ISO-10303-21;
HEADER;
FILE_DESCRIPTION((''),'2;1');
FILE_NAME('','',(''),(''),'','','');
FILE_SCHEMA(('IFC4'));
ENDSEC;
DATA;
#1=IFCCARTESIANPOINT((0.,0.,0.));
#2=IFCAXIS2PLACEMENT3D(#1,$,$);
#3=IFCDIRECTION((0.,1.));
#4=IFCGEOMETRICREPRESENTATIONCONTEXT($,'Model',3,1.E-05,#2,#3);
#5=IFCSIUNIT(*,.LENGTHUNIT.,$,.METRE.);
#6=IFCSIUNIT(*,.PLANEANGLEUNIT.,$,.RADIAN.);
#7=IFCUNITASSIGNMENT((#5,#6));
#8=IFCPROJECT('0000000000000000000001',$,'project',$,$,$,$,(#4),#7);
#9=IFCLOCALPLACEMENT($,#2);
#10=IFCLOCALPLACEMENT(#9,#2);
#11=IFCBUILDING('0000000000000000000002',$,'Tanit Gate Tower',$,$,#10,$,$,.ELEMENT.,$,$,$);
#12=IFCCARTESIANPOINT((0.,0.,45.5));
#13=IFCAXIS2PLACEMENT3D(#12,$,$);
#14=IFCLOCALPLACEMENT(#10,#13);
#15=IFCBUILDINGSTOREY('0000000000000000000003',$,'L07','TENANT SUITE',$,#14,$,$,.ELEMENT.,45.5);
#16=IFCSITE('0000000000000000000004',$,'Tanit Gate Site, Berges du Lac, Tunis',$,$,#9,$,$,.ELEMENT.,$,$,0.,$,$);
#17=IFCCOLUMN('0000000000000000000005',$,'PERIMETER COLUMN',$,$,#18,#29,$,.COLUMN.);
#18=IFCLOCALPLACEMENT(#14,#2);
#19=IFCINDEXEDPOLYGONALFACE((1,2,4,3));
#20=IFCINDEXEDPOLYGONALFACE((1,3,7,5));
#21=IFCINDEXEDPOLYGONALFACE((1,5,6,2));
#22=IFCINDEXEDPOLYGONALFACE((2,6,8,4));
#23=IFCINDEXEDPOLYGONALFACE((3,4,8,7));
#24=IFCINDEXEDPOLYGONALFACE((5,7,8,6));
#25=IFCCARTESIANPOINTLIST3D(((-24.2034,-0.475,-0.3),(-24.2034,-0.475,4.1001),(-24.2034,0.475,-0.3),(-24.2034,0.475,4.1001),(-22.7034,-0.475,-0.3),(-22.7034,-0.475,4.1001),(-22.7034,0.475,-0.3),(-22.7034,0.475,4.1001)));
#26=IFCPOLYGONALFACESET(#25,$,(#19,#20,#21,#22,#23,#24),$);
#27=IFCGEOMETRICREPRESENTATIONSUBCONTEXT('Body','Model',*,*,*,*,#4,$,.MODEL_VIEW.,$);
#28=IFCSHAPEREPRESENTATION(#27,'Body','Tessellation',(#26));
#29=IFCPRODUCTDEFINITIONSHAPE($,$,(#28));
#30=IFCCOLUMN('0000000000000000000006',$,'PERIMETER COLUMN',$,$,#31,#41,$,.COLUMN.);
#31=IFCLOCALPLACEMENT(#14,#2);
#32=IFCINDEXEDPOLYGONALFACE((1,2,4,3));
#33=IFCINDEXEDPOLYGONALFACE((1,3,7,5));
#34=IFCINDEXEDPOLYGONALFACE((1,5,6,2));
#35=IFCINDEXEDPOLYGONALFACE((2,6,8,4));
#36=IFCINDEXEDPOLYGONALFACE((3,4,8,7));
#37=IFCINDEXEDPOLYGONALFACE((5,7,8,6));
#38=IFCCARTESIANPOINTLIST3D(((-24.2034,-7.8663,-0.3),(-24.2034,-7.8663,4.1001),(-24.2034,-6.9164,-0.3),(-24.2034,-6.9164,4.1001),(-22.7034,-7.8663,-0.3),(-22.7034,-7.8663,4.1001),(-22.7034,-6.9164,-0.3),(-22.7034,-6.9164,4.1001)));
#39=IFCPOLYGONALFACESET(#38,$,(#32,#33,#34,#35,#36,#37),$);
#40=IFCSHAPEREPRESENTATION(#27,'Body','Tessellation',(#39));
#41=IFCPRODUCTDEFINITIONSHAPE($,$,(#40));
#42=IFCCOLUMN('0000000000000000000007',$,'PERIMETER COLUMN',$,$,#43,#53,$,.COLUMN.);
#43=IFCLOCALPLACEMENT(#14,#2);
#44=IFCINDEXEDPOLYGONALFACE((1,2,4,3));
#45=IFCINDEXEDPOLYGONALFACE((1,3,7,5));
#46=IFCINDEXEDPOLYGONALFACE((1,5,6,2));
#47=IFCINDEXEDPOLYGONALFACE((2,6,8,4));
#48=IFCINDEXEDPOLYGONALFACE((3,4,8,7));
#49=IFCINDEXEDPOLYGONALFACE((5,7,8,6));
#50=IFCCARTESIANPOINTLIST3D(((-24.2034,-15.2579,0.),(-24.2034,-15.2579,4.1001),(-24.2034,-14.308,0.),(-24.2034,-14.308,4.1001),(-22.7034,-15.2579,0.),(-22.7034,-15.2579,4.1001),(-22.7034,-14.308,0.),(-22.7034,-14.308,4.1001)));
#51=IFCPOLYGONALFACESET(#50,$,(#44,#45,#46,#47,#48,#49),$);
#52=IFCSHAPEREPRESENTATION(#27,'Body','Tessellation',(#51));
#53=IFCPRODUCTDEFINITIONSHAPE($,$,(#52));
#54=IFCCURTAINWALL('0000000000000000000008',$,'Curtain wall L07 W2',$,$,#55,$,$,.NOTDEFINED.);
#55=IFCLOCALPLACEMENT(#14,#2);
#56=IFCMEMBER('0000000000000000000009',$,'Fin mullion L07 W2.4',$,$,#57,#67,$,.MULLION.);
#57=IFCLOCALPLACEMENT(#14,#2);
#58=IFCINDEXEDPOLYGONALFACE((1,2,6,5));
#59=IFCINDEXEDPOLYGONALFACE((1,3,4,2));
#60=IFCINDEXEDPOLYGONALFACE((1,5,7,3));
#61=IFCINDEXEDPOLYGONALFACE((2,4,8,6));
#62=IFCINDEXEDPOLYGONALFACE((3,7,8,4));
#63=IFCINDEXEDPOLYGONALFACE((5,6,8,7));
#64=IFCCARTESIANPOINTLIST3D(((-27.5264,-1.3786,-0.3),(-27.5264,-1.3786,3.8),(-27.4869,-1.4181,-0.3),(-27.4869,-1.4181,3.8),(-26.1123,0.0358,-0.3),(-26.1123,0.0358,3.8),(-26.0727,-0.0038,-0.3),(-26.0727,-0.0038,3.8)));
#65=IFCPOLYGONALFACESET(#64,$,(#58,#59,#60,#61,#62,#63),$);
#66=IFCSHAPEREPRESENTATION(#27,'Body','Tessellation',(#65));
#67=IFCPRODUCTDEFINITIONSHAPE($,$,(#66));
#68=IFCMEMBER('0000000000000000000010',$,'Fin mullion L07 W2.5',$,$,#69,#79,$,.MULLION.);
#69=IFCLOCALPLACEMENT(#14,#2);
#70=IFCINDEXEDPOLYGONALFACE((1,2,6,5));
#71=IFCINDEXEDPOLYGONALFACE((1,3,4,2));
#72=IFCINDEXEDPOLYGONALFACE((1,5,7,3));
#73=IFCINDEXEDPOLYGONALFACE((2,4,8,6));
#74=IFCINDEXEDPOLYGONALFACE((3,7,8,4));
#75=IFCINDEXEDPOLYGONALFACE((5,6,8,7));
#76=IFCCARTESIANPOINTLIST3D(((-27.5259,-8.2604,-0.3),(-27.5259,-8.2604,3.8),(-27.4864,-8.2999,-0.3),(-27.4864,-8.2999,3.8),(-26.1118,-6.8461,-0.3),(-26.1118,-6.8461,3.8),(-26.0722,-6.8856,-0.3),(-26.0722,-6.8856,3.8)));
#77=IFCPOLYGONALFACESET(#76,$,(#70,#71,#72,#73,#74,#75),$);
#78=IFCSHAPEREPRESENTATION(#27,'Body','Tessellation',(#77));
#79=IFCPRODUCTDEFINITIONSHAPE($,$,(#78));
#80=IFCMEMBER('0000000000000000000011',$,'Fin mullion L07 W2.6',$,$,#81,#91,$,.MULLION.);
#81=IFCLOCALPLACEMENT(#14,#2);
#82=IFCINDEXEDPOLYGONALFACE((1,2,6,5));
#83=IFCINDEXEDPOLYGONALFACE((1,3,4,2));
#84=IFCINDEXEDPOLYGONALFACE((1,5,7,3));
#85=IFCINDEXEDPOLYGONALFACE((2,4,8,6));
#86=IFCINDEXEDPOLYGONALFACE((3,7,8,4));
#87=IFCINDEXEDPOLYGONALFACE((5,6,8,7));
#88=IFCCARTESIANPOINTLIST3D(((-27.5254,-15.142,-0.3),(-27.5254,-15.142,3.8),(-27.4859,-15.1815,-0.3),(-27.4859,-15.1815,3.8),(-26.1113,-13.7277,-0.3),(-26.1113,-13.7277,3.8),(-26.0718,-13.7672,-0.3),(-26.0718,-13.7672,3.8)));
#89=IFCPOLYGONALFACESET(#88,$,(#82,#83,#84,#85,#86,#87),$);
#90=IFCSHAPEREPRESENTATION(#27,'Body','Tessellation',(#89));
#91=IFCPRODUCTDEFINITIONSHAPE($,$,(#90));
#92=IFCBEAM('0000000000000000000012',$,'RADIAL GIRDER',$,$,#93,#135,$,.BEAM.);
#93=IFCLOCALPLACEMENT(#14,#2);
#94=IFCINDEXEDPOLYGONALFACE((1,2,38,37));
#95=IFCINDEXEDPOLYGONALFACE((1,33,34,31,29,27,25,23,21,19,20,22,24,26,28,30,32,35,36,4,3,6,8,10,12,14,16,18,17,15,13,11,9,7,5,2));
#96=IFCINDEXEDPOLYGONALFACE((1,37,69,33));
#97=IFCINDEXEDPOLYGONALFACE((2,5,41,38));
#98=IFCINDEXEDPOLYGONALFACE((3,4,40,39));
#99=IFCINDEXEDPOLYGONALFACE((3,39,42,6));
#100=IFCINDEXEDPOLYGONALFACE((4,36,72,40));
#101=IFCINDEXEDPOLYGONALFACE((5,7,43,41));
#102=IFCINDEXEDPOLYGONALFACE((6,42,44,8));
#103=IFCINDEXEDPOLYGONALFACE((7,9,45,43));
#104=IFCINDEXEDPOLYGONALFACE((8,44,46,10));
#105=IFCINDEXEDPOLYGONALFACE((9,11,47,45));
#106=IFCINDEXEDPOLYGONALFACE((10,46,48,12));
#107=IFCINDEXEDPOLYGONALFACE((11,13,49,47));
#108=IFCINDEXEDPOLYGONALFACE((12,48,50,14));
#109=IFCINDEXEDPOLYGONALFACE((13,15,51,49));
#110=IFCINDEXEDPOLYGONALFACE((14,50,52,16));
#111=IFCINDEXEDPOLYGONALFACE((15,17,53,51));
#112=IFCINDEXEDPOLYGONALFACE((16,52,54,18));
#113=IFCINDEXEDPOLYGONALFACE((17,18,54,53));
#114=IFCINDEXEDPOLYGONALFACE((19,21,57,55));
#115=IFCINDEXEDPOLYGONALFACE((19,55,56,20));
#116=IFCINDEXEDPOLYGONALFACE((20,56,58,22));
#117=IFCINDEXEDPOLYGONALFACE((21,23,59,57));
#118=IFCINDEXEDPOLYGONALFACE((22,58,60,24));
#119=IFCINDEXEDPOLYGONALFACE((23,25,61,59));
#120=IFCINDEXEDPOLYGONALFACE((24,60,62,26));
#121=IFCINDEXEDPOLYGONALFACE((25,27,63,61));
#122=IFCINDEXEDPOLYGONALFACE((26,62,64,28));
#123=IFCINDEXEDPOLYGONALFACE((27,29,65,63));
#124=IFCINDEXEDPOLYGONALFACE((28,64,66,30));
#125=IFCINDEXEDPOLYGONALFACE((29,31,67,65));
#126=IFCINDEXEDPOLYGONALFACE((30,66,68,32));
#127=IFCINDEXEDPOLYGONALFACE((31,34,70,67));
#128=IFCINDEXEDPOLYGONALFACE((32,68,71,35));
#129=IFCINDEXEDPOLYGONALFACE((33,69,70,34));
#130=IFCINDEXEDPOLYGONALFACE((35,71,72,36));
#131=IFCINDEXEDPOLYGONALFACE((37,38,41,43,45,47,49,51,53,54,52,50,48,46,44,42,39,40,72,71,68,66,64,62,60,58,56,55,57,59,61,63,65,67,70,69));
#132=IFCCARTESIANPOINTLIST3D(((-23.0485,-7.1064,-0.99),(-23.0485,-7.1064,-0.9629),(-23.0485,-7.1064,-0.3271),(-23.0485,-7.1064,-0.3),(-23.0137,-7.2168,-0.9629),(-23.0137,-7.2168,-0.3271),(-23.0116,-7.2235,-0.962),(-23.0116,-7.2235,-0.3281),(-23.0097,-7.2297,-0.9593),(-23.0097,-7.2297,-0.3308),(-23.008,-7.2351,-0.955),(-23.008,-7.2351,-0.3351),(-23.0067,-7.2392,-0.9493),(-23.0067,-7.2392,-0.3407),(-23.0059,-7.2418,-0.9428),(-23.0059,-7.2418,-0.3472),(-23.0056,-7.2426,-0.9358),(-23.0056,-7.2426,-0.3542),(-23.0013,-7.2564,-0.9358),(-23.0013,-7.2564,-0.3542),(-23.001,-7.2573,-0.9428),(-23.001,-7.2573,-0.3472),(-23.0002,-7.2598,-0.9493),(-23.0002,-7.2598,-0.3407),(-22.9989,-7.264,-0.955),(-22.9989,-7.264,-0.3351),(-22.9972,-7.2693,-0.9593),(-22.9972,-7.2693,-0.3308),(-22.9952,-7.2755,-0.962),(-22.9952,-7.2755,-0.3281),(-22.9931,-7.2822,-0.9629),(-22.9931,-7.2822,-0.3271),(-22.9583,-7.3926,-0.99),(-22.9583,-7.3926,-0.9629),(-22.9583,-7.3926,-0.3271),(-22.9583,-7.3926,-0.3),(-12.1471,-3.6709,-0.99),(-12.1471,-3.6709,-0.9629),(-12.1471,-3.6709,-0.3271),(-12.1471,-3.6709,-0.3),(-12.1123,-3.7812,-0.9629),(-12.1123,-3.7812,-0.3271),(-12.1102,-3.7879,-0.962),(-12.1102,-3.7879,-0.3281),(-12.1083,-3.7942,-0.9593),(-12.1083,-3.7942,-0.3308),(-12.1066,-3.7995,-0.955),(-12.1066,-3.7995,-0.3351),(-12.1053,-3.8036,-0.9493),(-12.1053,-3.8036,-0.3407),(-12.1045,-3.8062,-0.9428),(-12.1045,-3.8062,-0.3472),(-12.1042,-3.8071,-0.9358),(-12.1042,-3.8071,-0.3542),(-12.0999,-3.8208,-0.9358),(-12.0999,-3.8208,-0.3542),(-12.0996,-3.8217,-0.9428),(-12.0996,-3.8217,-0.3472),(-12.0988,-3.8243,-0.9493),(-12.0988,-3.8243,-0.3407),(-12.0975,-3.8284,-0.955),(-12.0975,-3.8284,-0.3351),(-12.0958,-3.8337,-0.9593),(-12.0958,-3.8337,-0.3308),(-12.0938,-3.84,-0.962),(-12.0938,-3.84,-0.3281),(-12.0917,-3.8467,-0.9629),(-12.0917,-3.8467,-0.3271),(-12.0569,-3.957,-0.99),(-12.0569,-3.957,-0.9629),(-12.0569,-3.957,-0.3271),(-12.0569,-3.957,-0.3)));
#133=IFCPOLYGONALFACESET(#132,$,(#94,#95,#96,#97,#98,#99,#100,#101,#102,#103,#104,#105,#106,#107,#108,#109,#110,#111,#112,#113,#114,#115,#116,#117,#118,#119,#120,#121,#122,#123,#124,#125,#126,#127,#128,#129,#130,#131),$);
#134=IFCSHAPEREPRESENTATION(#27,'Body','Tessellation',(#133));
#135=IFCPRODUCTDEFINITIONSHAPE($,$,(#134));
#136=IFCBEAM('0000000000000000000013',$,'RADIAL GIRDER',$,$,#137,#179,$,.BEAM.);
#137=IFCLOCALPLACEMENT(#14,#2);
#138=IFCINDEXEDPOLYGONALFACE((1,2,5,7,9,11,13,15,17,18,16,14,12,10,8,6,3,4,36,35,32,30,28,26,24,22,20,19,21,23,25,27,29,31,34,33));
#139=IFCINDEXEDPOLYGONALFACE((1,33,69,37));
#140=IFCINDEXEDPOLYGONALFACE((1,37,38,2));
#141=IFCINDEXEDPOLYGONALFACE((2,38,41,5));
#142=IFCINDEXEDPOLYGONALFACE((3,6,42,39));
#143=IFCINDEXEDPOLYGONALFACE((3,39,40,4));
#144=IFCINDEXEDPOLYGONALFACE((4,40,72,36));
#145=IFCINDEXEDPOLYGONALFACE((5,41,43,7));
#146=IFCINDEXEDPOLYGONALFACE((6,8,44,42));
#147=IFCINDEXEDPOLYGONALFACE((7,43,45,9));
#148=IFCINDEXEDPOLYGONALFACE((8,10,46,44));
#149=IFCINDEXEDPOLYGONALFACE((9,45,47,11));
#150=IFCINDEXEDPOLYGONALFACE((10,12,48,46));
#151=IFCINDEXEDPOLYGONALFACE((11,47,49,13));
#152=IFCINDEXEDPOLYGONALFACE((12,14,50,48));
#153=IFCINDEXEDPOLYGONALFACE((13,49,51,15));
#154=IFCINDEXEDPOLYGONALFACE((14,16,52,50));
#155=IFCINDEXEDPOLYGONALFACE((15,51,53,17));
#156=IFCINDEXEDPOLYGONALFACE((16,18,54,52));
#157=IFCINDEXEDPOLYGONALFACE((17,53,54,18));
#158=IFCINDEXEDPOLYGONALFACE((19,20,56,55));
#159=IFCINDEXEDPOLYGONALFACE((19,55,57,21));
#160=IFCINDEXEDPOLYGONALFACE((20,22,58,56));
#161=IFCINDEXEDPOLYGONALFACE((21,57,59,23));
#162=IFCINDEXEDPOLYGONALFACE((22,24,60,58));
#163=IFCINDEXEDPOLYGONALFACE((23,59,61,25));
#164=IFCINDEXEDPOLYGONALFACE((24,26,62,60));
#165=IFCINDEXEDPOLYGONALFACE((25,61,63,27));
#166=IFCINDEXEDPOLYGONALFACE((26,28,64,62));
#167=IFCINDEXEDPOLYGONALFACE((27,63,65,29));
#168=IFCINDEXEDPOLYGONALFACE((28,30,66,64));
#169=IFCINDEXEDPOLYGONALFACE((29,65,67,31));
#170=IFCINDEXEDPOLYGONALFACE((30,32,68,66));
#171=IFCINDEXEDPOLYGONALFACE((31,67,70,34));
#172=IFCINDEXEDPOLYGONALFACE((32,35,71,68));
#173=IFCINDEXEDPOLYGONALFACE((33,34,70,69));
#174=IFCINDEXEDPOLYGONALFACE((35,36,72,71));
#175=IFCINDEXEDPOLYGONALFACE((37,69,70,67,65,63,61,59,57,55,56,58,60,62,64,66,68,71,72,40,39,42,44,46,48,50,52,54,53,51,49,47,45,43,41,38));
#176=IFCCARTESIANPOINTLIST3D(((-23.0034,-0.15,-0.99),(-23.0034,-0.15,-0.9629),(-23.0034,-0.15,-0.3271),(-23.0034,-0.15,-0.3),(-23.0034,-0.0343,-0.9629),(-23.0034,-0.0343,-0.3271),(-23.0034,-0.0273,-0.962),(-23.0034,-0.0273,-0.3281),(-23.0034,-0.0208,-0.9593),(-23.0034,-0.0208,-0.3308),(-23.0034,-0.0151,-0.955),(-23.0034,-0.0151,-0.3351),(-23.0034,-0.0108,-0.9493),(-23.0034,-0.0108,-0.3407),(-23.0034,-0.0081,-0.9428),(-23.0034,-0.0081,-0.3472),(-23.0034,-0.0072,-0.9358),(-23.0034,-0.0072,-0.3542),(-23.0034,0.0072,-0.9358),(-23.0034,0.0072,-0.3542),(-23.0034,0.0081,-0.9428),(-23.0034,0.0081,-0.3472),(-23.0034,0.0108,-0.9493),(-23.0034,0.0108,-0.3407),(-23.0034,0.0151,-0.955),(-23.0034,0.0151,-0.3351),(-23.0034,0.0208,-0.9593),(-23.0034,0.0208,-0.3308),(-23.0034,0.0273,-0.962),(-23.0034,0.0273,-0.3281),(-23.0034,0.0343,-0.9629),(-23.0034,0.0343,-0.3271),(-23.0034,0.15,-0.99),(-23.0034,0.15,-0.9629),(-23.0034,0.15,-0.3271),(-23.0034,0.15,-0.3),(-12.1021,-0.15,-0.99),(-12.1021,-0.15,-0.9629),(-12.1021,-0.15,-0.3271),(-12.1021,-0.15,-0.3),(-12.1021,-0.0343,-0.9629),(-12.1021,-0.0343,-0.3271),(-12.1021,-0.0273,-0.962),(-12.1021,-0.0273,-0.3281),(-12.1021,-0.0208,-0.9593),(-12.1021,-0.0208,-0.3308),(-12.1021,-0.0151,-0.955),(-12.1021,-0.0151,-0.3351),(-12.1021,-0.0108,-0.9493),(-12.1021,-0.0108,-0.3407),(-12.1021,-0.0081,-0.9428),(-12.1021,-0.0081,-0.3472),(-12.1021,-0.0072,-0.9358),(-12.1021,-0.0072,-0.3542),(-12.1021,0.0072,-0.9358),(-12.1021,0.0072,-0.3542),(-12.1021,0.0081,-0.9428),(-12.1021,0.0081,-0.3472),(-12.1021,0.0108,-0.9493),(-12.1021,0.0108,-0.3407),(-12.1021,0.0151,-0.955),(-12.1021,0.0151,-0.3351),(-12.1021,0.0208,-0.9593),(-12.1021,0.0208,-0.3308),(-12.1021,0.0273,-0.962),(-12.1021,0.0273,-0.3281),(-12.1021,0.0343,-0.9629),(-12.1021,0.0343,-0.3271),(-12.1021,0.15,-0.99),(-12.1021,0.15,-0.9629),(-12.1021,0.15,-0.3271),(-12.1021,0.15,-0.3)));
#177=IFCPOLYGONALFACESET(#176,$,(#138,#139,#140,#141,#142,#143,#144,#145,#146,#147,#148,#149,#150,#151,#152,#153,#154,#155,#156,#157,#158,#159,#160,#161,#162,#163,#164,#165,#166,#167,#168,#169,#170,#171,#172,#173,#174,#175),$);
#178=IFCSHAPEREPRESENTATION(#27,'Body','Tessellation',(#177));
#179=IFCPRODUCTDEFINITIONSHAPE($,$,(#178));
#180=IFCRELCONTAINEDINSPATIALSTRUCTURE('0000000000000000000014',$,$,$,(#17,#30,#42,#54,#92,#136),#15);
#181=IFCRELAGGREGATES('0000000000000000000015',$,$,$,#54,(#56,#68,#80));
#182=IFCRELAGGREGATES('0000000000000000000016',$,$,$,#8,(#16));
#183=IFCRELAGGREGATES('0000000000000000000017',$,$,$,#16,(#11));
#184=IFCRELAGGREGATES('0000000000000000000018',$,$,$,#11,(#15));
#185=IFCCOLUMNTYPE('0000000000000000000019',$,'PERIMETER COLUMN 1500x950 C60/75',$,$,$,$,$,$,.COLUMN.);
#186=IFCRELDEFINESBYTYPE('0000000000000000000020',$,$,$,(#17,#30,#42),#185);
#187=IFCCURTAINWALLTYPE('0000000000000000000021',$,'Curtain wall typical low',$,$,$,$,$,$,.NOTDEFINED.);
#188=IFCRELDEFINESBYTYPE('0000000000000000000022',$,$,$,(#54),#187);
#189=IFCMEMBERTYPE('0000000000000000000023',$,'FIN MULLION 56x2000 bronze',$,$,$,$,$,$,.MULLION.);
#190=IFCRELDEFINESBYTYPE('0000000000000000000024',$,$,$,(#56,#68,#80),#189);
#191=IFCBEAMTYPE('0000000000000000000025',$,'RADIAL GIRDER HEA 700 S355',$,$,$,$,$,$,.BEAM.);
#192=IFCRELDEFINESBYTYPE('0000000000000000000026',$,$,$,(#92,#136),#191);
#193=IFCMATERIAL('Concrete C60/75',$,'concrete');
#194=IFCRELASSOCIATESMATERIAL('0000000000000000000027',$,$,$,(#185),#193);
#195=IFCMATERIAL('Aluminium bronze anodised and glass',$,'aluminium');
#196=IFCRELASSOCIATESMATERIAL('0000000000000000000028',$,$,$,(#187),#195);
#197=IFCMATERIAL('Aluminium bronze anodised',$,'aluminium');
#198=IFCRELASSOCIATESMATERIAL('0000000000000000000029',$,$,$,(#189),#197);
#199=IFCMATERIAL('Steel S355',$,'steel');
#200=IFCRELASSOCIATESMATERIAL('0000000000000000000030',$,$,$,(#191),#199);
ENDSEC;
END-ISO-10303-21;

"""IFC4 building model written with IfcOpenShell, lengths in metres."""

from ifc_helpers import new_model, si_unit, direction, frame, origin, origin_2d, place, context, subcontext, project, spatial, rectangle, i_section, extrude, material, material_profile, profile_set, type_object, element, aggregate, save


model = new_model("IFC4")

# Units and contexts
model_context = context("Model", 3, precision=1e-05, world=origin(), true_north=direction((0.0, 1.0)))
body_context = subcontext(model_context, "Body", "Model", "MODEL_VIEW")
ifc_project = project(units=[si_unit("LENGTHUNIT", "METRE"), si_unit("PLANEANGLEUNIT", "RADIAN")], contexts=[model_context])

# Site, building, storey
site_placement = place(None, origin())
site = spatial("IfcSite", under=ifc_project, at=site_placement, Name="Tanit Gate Site, Berges du Lac, Tunis", CompositionType="ELEMENT", RefElevation=0.0)
building_placement = place(site_placement, origin())
building = spatial("IfcBuilding", under=site, at=building_placement, Name="Tanit Gate Tower", CompositionType="ELEMENT")
storey_placement = place(building_placement, frame((0.0, 0.0, 45.5)))
storey = spatial("IfcBuildingStorey", under=building, at=storey_placement, Name="L07", Description="TENANT SUITE", CompositionType="ELEMENT", Elevation=45.5)

# Columns
ifc_material_1 = material(Name="Concrete C60/75", Category="concrete")
ifc_material_profile_1 = material_profile(ifc_material_1, rectangle(XDim=1.5, YDim=0.95, at=origin_2d()), Name="RC 1500x950")
ifc_profile_set_1 = profile_set([ifc_material_profile_1], Name="Concrete C60/75")
column_type = type_object("IfcColumnType", Name="PERIMETER COLUMN 1500x950 C60/75", PredefinedType="COLUMN", material=ifc_profile_set_1)
for number, where, z_axis, x_axis, name in (
    (1, (-23.4534, 0.0, -0.3), (0.0, 0.0, 1.0), (-1.0, 0.0, 0.0), "PERIMETER COLUMN"),
    (2, (-23.4534, -7.3914, -0.3), (0.0, 0.0, 1.0), (-1.0, 0.0, 0.0), "PERIMETER COLUMN"),
):
    element("IfcColumn", number, at=place(storey_placement, frame(where, z_axis=z_axis, x_axis=x_axis)), inside=storey, type_object=column_type, Name=name, PredefinedType="COLUMN", context=body_context, shape_type="SweptSolid", body=[
        extrude(rectangle(XDim=1.5, YDim=0.95, at=origin_2d()), origin(), (0.0, 0.0, 1.0), 4.4001),
    ])
column_placement = place(storey_placement, frame((-23.4534, -14.783, 0.0), z_axis=(0.0, 0.0, 1.0), x_axis=(-1.0, 0.0, 0.0)))
element("IfcColumn", 3, at=column_placement, inside=storey, type_object=column_type, Name="PERIMETER COLUMN", PredefinedType="COLUMN", context=body_context, shape_type="SweptSolid", body=[
    extrude(rectangle(XDim=1.5, YDim=0.95, at=origin_2d()), origin(), (0.0, 0.0, 1.0), 4.1001),
])

# Curtain wall, members
ifc_material_2 = material(Name="Aluminium bronze anodised and glass", Category="aluminium")
curtain_wall_type = type_object("IfcCurtainWallType", Name="Curtain wall typical low", PredefinedType="NOTDEFINED", material=ifc_material_2)
curtain_wall_placement = place(storey_placement, origin())
curtain_wall = element("IfcCurtainWall", 4, at=curtain_wall_placement, inside=storey, type_object=curtain_wall_type, Name="Curtain wall L07 W2", PredefinedType="NOTDEFINED")
ifc_material_3 = material(Name="Aluminium bronze anodised", Category="aluminium")
ifc_material_profile_2 = material_profile(ifc_material_3, rectangle(XDim=2.0, YDim=0.0559, at=origin_2d()), Name="56x2000 bronze fin mullion")
ifc_profile_set_2 = profile_set([ifc_material_profile_2], Name="Aluminium bronze anodised")
member_type_1 = type_object("IfcMemberType", Name="FIN MULLION 56x2000 bronze", PredefinedType="MULLION", material=ifc_profile_set_2)
member_1_placement = place(storey_placement, frame((-26.7996, -0.6912, -0.3), z_axis=(0.0, 0.0, 1.0), x_axis=(0.707058, 0.707156, 0.0)))
member_1 = element("IfcMember", 5, at=member_1_placement, type_object=member_type_1, Name="Fin mullion L07 W2.4", PredefinedType="MULLION", context=body_context, shape_type="SweptSolid", body=[
    extrude(rectangle(XDim=2.0, YDim=0.0559, at=origin_2d()), origin(), (0.0, 0.0, 1.0), 4.1001),
])
member_2_placement = place(storey_placement, frame((-26.7991, -7.573, -0.3), z_axis=(0.0, 0.0, 1.0), x_axis=(0.707058, 0.707156, 0.0)))
member_2 = element("IfcMember", 6, at=member_2_placement, type_object=member_type_1, Name="Fin mullion L07 W2.5", PredefinedType="MULLION", context=body_context, shape_type="SweptSolid", body=[
    extrude(rectangle(XDim=2.0, YDim=0.0559, at=origin_2d()), origin(), (0.0, 0.0, 1.0), 4.1001),
])
member_3_placement = place(storey_placement, frame((-26.7986, -14.4546, -0.3), z_axis=(0.0, 0.0, 1.0), x_axis=(0.707058, 0.707156, 0.0)))
member_3 = element("IfcMember", 7, at=member_3_placement, type_object=member_type_1, Name="Fin mullion L07 W2.6", PredefinedType="MULLION", context=body_context, shape_type="SweptSolid", body=[
    extrude(rectangle(XDim=2.0, YDim=0.0559, at=origin_2d()), origin(), (0.0, 0.0, 1.0), 4.1001),
])

# Beams
ifc_material_4 = material(Name="Steel S355", Category="steel")
ifc_material_profile_3 = material_profile(ifc_material_4, i_section(OverallWidth=0.3, OverallDepth=0.6899, WebThickness=0.0144, FlangeThickness=0.0271, FilletRadius=0.0271, at=origin_2d()), Name="HEA 700")
ifc_profile_set_3 = profile_set([ifc_material_profile_3], Name="Steel S355")
beam_type_1 = type_object("IfcBeamType", Name="RADIAL GIRDER HEA 700 S355", PredefinedType="BEAM", material=ifc_profile_set_3)
beam_1_placement = place(storey_placement, frame((-23.0034, -7.2495, -0.645), z_axis=(0.953758, 0.300575, 0.0), x_axis=(-0.300575, 0.953758, 0.0)))
element("IfcBeam", 8, at=beam_1_placement, inside=storey, type_object=beam_type_1, Name="RADIAL GIRDER", PredefinedType="BEAM", context=body_context, shape_type="SweptSolid", body=[
    extrude(i_section(OverallWidth=0.3, OverallDepth=0.6899, WebThickness=0.0144, FlangeThickness=0.0271, FilletRadius=0.0271, at=origin_2d()), origin(), (0.0, 0.0, 1.0), 11.4299),
])
beam_2_placement = place(storey_placement, frame((-23.0034, 0.0, -0.645), z_axis=(1.0, 0.0, 0.0), x_axis=(0.0, 1.0, 0.0)))
element("IfcBeam", 9, at=beam_2_placement, inside=storey, type_object=beam_type_1, Name="RADIAL GIRDER", PredefinedType="BEAM", context=body_context, shape_type="SweptSolid", body=[
    extrude(i_section(OverallWidth=0.3, OverallDepth=0.6899, WebThickness=0.0144, FlangeThickness=0.0271, FilletRadius=0.0271, at=origin_2d()), origin(), (0.0, 0.0, 1.0), 10.9014),
])

aggregate(curtain_wall, [member_1, member_2, member_3])

save(model, "model.ifc")
